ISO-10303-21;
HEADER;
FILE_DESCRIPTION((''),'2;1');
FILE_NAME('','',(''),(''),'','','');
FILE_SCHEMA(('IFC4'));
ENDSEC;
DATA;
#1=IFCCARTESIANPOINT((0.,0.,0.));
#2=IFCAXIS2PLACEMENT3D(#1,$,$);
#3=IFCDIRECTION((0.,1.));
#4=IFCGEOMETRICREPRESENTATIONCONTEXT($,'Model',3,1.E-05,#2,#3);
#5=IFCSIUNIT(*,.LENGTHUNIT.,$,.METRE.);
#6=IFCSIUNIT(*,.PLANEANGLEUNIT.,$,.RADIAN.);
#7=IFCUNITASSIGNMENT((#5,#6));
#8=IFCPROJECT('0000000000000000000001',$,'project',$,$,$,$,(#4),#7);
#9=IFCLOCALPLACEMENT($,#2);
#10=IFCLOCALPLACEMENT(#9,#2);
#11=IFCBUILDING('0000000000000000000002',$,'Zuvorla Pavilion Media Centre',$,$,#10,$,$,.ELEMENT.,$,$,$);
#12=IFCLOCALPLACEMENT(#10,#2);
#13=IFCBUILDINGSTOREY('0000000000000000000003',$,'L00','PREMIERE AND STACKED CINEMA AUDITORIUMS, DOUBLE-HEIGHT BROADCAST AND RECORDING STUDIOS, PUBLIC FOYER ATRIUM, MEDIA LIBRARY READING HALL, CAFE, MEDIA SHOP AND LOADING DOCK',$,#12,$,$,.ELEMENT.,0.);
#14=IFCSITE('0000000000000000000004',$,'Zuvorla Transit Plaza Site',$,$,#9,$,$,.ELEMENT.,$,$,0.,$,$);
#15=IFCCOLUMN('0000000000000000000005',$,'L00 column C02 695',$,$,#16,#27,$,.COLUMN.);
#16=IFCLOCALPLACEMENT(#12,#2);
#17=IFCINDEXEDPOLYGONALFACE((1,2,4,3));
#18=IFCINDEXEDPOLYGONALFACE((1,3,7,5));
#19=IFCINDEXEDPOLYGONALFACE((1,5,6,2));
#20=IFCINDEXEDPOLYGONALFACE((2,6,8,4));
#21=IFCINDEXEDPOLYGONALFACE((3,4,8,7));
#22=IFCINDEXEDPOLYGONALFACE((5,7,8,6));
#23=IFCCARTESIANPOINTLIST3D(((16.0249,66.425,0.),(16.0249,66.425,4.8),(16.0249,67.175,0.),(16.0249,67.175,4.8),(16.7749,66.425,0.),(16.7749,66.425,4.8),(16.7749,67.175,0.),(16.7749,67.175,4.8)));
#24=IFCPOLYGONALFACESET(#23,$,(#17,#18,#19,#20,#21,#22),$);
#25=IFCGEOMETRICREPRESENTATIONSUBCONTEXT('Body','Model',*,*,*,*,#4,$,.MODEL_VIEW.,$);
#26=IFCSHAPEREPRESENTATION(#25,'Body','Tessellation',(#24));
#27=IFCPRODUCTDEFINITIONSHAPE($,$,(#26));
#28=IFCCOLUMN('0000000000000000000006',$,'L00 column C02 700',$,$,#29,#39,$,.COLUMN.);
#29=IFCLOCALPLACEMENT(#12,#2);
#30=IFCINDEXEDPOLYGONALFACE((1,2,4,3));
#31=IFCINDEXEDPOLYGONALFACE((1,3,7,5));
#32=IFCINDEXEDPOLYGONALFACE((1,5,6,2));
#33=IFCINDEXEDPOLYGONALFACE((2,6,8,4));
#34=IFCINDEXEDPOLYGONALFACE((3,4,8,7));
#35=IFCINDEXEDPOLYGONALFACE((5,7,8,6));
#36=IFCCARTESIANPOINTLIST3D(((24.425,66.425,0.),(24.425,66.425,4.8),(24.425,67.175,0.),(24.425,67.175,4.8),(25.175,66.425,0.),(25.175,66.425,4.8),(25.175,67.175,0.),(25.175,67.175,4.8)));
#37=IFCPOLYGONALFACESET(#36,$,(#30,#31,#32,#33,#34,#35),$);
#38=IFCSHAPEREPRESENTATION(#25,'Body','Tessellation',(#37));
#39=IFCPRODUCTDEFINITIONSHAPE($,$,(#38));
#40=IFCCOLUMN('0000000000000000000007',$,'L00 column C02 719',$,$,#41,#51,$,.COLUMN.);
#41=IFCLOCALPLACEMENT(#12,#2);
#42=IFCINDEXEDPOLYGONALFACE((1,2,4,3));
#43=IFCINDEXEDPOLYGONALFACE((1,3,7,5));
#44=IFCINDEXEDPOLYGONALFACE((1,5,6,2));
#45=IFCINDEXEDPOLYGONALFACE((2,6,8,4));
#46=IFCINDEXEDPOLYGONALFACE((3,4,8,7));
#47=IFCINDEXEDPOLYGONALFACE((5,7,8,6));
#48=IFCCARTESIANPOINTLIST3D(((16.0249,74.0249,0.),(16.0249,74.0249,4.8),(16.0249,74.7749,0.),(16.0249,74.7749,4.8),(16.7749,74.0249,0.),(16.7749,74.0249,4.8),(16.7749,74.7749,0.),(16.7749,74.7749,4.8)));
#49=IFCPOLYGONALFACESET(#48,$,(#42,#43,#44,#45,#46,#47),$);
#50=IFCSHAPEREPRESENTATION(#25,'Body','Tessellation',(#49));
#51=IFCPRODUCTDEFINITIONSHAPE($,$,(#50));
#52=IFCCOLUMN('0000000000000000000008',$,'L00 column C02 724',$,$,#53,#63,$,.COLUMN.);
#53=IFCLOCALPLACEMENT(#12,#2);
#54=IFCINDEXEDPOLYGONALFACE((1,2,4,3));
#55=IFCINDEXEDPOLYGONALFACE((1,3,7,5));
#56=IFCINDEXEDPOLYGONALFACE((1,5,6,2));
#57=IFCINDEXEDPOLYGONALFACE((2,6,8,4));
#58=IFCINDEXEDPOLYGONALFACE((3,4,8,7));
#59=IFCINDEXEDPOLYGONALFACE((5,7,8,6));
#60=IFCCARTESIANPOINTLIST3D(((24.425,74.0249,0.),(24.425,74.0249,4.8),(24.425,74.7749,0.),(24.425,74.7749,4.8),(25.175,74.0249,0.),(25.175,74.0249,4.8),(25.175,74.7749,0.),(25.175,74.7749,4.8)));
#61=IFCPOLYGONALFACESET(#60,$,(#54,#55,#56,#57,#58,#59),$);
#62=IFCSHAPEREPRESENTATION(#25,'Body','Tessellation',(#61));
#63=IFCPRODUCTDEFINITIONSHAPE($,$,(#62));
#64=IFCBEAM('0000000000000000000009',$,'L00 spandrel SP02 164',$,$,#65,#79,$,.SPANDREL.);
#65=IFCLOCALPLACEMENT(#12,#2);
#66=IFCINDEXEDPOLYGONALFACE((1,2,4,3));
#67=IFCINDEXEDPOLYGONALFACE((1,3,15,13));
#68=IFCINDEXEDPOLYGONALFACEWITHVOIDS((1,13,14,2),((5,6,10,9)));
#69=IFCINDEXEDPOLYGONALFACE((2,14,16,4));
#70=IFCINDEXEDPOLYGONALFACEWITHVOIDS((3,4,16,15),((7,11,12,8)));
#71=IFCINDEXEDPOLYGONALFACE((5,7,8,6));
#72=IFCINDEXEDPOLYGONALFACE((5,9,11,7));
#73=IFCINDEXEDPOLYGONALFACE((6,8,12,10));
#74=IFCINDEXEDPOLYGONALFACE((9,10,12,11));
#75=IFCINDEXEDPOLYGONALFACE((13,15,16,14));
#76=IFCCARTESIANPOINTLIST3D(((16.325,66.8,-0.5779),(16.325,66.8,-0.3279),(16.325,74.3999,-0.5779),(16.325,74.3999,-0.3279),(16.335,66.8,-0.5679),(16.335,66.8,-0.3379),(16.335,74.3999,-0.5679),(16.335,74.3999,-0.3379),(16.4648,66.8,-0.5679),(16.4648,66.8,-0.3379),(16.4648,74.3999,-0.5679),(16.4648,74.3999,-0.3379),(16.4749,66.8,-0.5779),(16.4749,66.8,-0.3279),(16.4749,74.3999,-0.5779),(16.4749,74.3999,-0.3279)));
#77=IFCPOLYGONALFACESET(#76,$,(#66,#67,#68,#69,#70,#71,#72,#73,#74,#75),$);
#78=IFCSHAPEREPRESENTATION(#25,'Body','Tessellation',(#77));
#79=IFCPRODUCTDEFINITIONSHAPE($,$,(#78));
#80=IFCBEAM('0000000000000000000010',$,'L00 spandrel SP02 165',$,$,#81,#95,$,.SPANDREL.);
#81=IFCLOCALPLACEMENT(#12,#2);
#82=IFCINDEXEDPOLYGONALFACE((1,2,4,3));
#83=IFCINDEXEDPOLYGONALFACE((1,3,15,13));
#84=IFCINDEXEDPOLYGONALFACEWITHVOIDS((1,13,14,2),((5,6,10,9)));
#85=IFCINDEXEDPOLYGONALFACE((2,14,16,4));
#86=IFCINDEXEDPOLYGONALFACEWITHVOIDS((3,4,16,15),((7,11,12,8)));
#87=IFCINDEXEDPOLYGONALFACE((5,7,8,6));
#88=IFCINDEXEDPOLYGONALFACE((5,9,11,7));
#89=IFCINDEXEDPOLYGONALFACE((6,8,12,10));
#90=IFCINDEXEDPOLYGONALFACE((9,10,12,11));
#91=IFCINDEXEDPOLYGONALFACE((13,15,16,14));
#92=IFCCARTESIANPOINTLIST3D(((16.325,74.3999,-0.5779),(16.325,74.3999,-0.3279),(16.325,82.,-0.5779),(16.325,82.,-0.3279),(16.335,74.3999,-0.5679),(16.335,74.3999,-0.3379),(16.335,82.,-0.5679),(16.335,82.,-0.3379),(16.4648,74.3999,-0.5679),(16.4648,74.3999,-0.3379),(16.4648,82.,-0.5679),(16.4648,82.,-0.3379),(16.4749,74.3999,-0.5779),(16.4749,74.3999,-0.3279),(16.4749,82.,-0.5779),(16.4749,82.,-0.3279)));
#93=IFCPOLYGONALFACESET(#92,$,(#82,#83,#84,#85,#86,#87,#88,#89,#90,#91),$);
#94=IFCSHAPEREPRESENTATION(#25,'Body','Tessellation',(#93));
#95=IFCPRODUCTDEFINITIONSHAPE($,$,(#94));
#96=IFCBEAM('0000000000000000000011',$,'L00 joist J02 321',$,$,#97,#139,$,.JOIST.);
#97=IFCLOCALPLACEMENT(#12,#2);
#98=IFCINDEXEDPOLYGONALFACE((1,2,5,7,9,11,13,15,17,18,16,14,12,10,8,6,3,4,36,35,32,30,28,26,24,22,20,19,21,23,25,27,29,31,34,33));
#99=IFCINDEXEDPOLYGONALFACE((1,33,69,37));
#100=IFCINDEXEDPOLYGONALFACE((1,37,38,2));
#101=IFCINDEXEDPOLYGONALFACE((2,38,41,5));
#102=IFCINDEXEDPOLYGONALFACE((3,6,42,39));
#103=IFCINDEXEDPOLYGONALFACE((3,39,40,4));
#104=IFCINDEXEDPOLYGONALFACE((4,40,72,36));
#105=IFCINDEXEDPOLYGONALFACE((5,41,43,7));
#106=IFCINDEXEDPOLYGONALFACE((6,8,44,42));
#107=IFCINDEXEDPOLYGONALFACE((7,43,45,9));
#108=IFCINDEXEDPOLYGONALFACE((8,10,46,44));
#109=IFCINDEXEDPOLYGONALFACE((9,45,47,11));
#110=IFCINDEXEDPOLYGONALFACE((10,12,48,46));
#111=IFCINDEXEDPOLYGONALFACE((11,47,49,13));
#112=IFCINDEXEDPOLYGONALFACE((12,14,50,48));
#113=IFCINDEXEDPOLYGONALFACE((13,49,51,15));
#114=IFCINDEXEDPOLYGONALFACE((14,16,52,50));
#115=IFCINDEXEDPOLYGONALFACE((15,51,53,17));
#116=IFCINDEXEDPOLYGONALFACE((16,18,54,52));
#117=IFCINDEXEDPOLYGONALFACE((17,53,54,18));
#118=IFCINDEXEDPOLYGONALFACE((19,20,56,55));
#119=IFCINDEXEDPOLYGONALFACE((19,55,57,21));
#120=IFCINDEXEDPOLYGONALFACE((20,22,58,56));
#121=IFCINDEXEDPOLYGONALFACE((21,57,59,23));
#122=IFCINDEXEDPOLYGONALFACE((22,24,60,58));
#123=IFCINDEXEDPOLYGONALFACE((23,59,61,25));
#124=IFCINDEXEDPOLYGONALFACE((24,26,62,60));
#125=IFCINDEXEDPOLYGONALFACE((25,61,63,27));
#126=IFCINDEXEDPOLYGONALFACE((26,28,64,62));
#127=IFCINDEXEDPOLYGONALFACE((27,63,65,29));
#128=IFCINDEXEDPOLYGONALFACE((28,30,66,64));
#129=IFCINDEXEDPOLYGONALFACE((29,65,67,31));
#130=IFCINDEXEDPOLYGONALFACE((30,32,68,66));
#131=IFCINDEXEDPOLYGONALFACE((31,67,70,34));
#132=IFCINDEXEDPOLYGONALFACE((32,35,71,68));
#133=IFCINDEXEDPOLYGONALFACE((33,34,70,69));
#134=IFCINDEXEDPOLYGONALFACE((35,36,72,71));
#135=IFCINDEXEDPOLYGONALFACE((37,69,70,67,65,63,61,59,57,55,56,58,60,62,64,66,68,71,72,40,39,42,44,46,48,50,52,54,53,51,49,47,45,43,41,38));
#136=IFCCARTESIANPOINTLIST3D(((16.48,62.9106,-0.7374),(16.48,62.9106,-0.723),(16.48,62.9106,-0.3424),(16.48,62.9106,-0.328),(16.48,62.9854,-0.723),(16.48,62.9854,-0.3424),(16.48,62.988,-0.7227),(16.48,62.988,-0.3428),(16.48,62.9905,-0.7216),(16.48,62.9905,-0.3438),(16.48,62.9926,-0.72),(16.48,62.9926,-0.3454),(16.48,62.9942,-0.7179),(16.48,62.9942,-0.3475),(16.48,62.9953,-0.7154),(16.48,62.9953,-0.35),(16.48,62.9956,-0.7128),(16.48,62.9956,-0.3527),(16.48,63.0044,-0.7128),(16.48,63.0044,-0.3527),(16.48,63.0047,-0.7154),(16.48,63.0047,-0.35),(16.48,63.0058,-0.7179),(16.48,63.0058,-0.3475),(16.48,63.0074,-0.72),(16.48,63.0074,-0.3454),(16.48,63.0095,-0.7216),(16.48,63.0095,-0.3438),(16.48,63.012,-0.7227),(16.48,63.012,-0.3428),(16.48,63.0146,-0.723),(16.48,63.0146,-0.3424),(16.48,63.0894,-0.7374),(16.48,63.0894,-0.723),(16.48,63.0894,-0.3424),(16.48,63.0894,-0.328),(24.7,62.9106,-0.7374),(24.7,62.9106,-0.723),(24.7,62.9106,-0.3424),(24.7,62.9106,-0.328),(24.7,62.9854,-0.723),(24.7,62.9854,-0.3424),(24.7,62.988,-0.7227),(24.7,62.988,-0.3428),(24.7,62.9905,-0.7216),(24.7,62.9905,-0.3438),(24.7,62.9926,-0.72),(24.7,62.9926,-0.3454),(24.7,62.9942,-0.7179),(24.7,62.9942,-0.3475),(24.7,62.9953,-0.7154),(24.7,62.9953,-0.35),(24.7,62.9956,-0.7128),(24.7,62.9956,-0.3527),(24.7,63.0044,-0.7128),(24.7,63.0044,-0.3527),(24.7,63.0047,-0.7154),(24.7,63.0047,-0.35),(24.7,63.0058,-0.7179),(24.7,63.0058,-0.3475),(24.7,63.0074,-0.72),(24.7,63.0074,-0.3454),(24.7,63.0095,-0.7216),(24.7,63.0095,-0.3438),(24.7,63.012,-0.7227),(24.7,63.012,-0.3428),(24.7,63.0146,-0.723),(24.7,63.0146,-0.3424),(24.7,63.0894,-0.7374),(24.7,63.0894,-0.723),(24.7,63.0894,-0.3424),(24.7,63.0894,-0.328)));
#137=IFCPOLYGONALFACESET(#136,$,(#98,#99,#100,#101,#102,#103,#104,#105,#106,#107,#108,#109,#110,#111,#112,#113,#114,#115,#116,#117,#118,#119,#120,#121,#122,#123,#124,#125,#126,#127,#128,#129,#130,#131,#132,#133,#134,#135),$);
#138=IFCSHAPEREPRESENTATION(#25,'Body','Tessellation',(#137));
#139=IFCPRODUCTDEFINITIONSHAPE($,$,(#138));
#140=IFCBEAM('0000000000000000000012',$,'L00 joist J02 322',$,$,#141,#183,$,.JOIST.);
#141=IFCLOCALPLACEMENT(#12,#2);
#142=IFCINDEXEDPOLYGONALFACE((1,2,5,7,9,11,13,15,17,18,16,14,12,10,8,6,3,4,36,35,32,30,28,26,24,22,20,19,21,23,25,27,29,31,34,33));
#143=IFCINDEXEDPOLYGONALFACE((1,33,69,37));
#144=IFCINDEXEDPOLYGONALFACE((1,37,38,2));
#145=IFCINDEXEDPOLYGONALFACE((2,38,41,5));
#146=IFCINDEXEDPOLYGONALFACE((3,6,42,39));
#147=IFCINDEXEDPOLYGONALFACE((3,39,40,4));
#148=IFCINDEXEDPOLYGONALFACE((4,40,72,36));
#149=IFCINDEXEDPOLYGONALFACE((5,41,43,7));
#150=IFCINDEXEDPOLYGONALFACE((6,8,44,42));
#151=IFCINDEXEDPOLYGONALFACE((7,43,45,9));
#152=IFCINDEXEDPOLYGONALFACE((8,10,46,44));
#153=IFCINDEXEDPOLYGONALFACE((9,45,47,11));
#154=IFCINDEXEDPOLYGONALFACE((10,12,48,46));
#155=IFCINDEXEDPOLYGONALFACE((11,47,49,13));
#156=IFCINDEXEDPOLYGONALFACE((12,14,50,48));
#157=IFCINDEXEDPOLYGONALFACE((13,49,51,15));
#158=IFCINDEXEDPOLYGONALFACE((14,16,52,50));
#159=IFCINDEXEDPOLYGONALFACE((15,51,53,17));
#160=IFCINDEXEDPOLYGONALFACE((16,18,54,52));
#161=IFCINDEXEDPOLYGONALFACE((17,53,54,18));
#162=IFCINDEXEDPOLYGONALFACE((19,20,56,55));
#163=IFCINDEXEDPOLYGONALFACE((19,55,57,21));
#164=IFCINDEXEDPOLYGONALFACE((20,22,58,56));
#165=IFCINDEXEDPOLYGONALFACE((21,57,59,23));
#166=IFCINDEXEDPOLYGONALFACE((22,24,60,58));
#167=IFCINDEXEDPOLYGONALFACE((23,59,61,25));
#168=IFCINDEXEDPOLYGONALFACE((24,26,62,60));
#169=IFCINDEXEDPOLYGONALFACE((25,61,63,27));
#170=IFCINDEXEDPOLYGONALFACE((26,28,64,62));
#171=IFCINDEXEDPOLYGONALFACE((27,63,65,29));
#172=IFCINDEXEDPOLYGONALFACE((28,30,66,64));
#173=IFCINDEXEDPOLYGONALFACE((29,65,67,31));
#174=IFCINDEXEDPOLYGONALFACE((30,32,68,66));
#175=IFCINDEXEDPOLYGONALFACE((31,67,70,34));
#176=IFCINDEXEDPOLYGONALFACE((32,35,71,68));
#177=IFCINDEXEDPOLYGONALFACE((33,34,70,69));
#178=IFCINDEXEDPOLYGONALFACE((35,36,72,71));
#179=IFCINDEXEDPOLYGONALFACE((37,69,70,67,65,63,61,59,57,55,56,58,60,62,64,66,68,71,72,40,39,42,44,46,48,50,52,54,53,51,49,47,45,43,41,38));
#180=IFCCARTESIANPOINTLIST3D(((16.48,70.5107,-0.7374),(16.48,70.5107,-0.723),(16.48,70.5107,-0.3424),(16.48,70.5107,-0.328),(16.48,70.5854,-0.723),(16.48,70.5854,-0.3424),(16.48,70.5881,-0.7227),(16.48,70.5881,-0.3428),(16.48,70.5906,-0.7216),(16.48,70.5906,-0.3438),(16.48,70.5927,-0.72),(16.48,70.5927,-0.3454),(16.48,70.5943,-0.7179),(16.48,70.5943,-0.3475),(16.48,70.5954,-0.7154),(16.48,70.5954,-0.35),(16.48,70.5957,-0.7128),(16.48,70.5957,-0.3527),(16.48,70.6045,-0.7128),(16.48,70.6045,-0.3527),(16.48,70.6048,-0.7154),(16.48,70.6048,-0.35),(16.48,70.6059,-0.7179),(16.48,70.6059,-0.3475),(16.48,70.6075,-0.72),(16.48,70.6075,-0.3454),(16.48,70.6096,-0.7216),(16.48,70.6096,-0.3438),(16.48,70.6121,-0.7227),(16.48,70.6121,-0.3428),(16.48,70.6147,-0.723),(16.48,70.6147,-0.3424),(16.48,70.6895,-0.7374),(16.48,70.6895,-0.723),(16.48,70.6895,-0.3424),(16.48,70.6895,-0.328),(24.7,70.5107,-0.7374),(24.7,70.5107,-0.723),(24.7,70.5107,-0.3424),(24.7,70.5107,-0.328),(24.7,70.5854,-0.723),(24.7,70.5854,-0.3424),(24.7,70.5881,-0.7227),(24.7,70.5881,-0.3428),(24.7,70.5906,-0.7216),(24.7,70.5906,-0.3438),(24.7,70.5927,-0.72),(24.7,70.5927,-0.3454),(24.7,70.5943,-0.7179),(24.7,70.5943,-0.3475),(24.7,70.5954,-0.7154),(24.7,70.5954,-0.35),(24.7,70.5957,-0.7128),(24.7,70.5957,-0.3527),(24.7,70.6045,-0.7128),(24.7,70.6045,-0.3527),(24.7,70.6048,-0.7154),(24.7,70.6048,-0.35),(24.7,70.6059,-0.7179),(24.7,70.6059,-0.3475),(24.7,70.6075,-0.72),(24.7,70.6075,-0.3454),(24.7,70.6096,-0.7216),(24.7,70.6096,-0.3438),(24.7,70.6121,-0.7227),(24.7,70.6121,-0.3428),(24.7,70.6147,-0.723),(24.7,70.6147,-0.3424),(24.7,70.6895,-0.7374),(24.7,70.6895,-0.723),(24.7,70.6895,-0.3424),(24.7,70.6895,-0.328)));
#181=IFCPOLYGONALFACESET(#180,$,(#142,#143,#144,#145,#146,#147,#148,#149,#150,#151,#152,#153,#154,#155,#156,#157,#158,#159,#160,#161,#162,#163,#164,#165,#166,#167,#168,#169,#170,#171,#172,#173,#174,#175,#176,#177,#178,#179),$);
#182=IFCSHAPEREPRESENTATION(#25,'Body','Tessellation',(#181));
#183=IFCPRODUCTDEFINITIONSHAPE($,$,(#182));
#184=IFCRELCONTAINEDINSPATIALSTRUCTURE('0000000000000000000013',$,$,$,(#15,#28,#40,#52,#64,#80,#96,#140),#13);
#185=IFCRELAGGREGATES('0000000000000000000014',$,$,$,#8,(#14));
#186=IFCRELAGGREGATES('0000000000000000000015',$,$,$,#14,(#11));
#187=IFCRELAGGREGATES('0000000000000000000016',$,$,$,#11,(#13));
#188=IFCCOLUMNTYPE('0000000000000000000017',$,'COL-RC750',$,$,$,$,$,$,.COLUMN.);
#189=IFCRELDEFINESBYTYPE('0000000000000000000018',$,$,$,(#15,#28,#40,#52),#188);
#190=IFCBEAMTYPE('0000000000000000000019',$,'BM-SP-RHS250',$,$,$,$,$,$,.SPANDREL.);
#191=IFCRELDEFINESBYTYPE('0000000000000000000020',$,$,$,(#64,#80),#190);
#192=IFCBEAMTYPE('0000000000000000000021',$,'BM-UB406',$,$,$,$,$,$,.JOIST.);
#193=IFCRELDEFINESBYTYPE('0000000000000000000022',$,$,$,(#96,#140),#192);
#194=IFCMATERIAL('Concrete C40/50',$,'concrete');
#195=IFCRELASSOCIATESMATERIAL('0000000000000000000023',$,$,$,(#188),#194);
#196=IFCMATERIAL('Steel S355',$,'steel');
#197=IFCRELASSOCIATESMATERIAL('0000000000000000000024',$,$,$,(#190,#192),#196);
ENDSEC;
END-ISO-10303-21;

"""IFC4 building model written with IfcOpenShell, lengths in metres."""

from ifc_helpers import new_model, si_unit, direction, frame, origin, origin_2d, place, context, subcontext, project, spatial, rectangle, hollow_rectangle, i_section, extrude, material, material_profile, profile_set, type_object, element, save


model = new_model("IFC4")

# Units and contexts
model_context = context("Model", 3, precision=1e-05, world=origin(), true_north=direction((0.0, 1.0)))
body_context = subcontext(model_context, "Body", "Model", "MODEL_VIEW")
ifc_project = project(units=[si_unit("LENGTHUNIT", "METRE"), si_unit("PLANEANGLEUNIT", "RADIAN")], contexts=[model_context])

# Site, building, storey
site_placement = place(None, origin())
site = spatial("IfcSite", under=ifc_project, at=site_placement, Name="Zuvorla Transit Plaza Site", CompositionType="ELEMENT", RefElevation=0.0)
building_placement = place(site_placement, origin())
building = spatial("IfcBuilding", under=site, at=building_placement, Name="Zuvorla Pavilion Media Centre", CompositionType="ELEMENT")
storey_placement = place(building_placement, origin())
storey = spatial("IfcBuildingStorey", under=building, at=storey_placement, Name="L00", Description="PREMIERE AND STACKED CINEMA AUDITORIUMS, DOUBLE-HEIGHT BROADCAST AND RECORDING STUDIOS, PUBLIC FOYER ATRIUM, MEDIA LIBRARY READING HALL, CAFE, MEDIA SHOP AND LOADING DOCK", CompositionType="ELEMENT", Elevation=0.0)

# Columns
ifc_material_1 = material(Name="Concrete C40/50", Category="concrete")
ifc_material_profile_1 = material_profile(ifc_material_1, rectangle(XDim=0.75, YDim=0.75, at=origin_2d()), Name="RC 750x750")
ifc_profile_set_1 = profile_set([ifc_material_profile_1], Name="Concrete C40/50")
column_type = type_object("IfcColumnType", Name="COL-RC750", PredefinedType="COLUMN", material=ifc_profile_set_1)
for number, where, z_axis, x_axis, name in (
    (1, (16.3999, 66.8, 0.0), (0.0, 0.0, 1.0), (1.0, 0.0, 0.0), "L00 column C02 695"),
    (2, (24.8, 66.8, 0.0), (0.0, 0.0, 1.0), (1.0, 0.0, 0.0), "L00 column C02 700"),
    (3, (16.3999, 74.3999, 0.0), (0.0, 0.0, 1.0), (1.0, 0.0, 0.0), "L00 column C02 719"),
    (4, (24.8, 74.3999, 0.0), (0.0, 0.0, 1.0), (1.0, 0.0, 0.0), "L00 column C02 724"),
):
    element("IfcColumn", number, at=place(storey_placement, frame(where, z_axis=z_axis, x_axis=x_axis)), inside=storey, type_object=column_type, Name=name, PredefinedType="COLUMN", context=body_context, shape_type="SweptSolid", body=[
        extrude(rectangle(XDim=0.75, YDim=0.75, at=origin_2d()), origin(), (0.0, 0.0, 1.0), 4.8),
    ])

# Beams
ifc_material_2 = material(Name="Steel S355", Category="steel")
ifc_material_profile_2 = material_profile(ifc_material_2, hollow_rectangle(XDim=0.1499, YDim=0.25, WallThickness=0.01, at=origin_2d()), Name="RHS 250x150x10")
ifc_profile_set_2 = profile_set([ifc_material_profile_2], Name="Steel S355")
beam_type_1 = type_object("IfcBeamType", Name="BM-SP-RHS250", PredefinedType="SPANDREL", material=ifc_profile_set_2)
beam_1_placement = place(storey_placement, frame((16.3999, 66.8, -0.4529), z_axis=(0.0, 1.0, 0.0), x_axis=(-1.0, 0.0, 0.0)))
element("IfcBeam", 5, at=beam_1_placement, inside=storey, type_object=beam_type_1, Name="L00 spandrel SP02 164", PredefinedType="SPANDREL", context=body_context, shape_type="SweptSolid", body=[
    extrude(hollow_rectangle(XDim=0.1499, YDim=0.25, WallThickness=0.01, at=origin_2d()), origin(), (0.0, 0.0, 1.0), 7.5999),
])
beam_2_placement = place(storey_placement, frame((16.3999, 74.3999, -0.4529), z_axis=(0.0, 1.0, 0.0), x_axis=(-1.0, 0.0, 0.0)))
element("IfcBeam", 6, at=beam_2_placement, inside=storey, type_object=beam_type_1, Name="L00 spandrel SP02 165", PredefinedType="SPANDREL", context=body_context, shape_type="SweptSolid", body=[
    extrude(hollow_rectangle(XDim=0.1499, YDim=0.25, WallThickness=0.01, at=origin_2d()), origin(), (0.0, 0.0, 1.0), 7.6001),
])
ifc_material_profile_3 = material_profile(ifc_material_2, i_section(OverallWidth=0.1787, OverallDepth=0.4094, WebThickness=0.0088, FlangeThickness=0.0144, FilletRadius=0.0103, at=origin_2d()), Name="UB 406x178x67")
ifc_profile_set_3 = profile_set([ifc_material_profile_3], Name="Steel S355")
beam_type_2 = type_object("IfcBeamType", Name="BM-UB406", PredefinedType="JOIST", material=ifc_profile_set_3)
for number, where, z_axis, x_axis, name in (
    (7, (16.48, 63.0, -0.5327), (1.0, 0.0, 0.0), (0.0, 1.0, 0.0), "L00 joist J02 321"),
    (8, (16.48, 70.6001, -0.5327), (1.0, 0.0, 0.0), (0.0, 1.0, 0.0), "L00 joist J02 322"),
):
    element("IfcBeam", number, at=place(storey_placement, frame(where, z_axis=z_axis, x_axis=x_axis)), inside=storey, type_object=beam_type_2, Name=name, PredefinedType="JOIST", context=body_context, shape_type="SweptSolid", body=[
        extrude(i_section(OverallWidth=0.1787, OverallDepth=0.4094, WebThickness=0.0088, FlangeThickness=0.0144, FilletRadius=0.0103, at=origin_2d()), origin(), (0.0, 0.0, 1.0), 8.22),
    ])

save(model, "model.ifc")
